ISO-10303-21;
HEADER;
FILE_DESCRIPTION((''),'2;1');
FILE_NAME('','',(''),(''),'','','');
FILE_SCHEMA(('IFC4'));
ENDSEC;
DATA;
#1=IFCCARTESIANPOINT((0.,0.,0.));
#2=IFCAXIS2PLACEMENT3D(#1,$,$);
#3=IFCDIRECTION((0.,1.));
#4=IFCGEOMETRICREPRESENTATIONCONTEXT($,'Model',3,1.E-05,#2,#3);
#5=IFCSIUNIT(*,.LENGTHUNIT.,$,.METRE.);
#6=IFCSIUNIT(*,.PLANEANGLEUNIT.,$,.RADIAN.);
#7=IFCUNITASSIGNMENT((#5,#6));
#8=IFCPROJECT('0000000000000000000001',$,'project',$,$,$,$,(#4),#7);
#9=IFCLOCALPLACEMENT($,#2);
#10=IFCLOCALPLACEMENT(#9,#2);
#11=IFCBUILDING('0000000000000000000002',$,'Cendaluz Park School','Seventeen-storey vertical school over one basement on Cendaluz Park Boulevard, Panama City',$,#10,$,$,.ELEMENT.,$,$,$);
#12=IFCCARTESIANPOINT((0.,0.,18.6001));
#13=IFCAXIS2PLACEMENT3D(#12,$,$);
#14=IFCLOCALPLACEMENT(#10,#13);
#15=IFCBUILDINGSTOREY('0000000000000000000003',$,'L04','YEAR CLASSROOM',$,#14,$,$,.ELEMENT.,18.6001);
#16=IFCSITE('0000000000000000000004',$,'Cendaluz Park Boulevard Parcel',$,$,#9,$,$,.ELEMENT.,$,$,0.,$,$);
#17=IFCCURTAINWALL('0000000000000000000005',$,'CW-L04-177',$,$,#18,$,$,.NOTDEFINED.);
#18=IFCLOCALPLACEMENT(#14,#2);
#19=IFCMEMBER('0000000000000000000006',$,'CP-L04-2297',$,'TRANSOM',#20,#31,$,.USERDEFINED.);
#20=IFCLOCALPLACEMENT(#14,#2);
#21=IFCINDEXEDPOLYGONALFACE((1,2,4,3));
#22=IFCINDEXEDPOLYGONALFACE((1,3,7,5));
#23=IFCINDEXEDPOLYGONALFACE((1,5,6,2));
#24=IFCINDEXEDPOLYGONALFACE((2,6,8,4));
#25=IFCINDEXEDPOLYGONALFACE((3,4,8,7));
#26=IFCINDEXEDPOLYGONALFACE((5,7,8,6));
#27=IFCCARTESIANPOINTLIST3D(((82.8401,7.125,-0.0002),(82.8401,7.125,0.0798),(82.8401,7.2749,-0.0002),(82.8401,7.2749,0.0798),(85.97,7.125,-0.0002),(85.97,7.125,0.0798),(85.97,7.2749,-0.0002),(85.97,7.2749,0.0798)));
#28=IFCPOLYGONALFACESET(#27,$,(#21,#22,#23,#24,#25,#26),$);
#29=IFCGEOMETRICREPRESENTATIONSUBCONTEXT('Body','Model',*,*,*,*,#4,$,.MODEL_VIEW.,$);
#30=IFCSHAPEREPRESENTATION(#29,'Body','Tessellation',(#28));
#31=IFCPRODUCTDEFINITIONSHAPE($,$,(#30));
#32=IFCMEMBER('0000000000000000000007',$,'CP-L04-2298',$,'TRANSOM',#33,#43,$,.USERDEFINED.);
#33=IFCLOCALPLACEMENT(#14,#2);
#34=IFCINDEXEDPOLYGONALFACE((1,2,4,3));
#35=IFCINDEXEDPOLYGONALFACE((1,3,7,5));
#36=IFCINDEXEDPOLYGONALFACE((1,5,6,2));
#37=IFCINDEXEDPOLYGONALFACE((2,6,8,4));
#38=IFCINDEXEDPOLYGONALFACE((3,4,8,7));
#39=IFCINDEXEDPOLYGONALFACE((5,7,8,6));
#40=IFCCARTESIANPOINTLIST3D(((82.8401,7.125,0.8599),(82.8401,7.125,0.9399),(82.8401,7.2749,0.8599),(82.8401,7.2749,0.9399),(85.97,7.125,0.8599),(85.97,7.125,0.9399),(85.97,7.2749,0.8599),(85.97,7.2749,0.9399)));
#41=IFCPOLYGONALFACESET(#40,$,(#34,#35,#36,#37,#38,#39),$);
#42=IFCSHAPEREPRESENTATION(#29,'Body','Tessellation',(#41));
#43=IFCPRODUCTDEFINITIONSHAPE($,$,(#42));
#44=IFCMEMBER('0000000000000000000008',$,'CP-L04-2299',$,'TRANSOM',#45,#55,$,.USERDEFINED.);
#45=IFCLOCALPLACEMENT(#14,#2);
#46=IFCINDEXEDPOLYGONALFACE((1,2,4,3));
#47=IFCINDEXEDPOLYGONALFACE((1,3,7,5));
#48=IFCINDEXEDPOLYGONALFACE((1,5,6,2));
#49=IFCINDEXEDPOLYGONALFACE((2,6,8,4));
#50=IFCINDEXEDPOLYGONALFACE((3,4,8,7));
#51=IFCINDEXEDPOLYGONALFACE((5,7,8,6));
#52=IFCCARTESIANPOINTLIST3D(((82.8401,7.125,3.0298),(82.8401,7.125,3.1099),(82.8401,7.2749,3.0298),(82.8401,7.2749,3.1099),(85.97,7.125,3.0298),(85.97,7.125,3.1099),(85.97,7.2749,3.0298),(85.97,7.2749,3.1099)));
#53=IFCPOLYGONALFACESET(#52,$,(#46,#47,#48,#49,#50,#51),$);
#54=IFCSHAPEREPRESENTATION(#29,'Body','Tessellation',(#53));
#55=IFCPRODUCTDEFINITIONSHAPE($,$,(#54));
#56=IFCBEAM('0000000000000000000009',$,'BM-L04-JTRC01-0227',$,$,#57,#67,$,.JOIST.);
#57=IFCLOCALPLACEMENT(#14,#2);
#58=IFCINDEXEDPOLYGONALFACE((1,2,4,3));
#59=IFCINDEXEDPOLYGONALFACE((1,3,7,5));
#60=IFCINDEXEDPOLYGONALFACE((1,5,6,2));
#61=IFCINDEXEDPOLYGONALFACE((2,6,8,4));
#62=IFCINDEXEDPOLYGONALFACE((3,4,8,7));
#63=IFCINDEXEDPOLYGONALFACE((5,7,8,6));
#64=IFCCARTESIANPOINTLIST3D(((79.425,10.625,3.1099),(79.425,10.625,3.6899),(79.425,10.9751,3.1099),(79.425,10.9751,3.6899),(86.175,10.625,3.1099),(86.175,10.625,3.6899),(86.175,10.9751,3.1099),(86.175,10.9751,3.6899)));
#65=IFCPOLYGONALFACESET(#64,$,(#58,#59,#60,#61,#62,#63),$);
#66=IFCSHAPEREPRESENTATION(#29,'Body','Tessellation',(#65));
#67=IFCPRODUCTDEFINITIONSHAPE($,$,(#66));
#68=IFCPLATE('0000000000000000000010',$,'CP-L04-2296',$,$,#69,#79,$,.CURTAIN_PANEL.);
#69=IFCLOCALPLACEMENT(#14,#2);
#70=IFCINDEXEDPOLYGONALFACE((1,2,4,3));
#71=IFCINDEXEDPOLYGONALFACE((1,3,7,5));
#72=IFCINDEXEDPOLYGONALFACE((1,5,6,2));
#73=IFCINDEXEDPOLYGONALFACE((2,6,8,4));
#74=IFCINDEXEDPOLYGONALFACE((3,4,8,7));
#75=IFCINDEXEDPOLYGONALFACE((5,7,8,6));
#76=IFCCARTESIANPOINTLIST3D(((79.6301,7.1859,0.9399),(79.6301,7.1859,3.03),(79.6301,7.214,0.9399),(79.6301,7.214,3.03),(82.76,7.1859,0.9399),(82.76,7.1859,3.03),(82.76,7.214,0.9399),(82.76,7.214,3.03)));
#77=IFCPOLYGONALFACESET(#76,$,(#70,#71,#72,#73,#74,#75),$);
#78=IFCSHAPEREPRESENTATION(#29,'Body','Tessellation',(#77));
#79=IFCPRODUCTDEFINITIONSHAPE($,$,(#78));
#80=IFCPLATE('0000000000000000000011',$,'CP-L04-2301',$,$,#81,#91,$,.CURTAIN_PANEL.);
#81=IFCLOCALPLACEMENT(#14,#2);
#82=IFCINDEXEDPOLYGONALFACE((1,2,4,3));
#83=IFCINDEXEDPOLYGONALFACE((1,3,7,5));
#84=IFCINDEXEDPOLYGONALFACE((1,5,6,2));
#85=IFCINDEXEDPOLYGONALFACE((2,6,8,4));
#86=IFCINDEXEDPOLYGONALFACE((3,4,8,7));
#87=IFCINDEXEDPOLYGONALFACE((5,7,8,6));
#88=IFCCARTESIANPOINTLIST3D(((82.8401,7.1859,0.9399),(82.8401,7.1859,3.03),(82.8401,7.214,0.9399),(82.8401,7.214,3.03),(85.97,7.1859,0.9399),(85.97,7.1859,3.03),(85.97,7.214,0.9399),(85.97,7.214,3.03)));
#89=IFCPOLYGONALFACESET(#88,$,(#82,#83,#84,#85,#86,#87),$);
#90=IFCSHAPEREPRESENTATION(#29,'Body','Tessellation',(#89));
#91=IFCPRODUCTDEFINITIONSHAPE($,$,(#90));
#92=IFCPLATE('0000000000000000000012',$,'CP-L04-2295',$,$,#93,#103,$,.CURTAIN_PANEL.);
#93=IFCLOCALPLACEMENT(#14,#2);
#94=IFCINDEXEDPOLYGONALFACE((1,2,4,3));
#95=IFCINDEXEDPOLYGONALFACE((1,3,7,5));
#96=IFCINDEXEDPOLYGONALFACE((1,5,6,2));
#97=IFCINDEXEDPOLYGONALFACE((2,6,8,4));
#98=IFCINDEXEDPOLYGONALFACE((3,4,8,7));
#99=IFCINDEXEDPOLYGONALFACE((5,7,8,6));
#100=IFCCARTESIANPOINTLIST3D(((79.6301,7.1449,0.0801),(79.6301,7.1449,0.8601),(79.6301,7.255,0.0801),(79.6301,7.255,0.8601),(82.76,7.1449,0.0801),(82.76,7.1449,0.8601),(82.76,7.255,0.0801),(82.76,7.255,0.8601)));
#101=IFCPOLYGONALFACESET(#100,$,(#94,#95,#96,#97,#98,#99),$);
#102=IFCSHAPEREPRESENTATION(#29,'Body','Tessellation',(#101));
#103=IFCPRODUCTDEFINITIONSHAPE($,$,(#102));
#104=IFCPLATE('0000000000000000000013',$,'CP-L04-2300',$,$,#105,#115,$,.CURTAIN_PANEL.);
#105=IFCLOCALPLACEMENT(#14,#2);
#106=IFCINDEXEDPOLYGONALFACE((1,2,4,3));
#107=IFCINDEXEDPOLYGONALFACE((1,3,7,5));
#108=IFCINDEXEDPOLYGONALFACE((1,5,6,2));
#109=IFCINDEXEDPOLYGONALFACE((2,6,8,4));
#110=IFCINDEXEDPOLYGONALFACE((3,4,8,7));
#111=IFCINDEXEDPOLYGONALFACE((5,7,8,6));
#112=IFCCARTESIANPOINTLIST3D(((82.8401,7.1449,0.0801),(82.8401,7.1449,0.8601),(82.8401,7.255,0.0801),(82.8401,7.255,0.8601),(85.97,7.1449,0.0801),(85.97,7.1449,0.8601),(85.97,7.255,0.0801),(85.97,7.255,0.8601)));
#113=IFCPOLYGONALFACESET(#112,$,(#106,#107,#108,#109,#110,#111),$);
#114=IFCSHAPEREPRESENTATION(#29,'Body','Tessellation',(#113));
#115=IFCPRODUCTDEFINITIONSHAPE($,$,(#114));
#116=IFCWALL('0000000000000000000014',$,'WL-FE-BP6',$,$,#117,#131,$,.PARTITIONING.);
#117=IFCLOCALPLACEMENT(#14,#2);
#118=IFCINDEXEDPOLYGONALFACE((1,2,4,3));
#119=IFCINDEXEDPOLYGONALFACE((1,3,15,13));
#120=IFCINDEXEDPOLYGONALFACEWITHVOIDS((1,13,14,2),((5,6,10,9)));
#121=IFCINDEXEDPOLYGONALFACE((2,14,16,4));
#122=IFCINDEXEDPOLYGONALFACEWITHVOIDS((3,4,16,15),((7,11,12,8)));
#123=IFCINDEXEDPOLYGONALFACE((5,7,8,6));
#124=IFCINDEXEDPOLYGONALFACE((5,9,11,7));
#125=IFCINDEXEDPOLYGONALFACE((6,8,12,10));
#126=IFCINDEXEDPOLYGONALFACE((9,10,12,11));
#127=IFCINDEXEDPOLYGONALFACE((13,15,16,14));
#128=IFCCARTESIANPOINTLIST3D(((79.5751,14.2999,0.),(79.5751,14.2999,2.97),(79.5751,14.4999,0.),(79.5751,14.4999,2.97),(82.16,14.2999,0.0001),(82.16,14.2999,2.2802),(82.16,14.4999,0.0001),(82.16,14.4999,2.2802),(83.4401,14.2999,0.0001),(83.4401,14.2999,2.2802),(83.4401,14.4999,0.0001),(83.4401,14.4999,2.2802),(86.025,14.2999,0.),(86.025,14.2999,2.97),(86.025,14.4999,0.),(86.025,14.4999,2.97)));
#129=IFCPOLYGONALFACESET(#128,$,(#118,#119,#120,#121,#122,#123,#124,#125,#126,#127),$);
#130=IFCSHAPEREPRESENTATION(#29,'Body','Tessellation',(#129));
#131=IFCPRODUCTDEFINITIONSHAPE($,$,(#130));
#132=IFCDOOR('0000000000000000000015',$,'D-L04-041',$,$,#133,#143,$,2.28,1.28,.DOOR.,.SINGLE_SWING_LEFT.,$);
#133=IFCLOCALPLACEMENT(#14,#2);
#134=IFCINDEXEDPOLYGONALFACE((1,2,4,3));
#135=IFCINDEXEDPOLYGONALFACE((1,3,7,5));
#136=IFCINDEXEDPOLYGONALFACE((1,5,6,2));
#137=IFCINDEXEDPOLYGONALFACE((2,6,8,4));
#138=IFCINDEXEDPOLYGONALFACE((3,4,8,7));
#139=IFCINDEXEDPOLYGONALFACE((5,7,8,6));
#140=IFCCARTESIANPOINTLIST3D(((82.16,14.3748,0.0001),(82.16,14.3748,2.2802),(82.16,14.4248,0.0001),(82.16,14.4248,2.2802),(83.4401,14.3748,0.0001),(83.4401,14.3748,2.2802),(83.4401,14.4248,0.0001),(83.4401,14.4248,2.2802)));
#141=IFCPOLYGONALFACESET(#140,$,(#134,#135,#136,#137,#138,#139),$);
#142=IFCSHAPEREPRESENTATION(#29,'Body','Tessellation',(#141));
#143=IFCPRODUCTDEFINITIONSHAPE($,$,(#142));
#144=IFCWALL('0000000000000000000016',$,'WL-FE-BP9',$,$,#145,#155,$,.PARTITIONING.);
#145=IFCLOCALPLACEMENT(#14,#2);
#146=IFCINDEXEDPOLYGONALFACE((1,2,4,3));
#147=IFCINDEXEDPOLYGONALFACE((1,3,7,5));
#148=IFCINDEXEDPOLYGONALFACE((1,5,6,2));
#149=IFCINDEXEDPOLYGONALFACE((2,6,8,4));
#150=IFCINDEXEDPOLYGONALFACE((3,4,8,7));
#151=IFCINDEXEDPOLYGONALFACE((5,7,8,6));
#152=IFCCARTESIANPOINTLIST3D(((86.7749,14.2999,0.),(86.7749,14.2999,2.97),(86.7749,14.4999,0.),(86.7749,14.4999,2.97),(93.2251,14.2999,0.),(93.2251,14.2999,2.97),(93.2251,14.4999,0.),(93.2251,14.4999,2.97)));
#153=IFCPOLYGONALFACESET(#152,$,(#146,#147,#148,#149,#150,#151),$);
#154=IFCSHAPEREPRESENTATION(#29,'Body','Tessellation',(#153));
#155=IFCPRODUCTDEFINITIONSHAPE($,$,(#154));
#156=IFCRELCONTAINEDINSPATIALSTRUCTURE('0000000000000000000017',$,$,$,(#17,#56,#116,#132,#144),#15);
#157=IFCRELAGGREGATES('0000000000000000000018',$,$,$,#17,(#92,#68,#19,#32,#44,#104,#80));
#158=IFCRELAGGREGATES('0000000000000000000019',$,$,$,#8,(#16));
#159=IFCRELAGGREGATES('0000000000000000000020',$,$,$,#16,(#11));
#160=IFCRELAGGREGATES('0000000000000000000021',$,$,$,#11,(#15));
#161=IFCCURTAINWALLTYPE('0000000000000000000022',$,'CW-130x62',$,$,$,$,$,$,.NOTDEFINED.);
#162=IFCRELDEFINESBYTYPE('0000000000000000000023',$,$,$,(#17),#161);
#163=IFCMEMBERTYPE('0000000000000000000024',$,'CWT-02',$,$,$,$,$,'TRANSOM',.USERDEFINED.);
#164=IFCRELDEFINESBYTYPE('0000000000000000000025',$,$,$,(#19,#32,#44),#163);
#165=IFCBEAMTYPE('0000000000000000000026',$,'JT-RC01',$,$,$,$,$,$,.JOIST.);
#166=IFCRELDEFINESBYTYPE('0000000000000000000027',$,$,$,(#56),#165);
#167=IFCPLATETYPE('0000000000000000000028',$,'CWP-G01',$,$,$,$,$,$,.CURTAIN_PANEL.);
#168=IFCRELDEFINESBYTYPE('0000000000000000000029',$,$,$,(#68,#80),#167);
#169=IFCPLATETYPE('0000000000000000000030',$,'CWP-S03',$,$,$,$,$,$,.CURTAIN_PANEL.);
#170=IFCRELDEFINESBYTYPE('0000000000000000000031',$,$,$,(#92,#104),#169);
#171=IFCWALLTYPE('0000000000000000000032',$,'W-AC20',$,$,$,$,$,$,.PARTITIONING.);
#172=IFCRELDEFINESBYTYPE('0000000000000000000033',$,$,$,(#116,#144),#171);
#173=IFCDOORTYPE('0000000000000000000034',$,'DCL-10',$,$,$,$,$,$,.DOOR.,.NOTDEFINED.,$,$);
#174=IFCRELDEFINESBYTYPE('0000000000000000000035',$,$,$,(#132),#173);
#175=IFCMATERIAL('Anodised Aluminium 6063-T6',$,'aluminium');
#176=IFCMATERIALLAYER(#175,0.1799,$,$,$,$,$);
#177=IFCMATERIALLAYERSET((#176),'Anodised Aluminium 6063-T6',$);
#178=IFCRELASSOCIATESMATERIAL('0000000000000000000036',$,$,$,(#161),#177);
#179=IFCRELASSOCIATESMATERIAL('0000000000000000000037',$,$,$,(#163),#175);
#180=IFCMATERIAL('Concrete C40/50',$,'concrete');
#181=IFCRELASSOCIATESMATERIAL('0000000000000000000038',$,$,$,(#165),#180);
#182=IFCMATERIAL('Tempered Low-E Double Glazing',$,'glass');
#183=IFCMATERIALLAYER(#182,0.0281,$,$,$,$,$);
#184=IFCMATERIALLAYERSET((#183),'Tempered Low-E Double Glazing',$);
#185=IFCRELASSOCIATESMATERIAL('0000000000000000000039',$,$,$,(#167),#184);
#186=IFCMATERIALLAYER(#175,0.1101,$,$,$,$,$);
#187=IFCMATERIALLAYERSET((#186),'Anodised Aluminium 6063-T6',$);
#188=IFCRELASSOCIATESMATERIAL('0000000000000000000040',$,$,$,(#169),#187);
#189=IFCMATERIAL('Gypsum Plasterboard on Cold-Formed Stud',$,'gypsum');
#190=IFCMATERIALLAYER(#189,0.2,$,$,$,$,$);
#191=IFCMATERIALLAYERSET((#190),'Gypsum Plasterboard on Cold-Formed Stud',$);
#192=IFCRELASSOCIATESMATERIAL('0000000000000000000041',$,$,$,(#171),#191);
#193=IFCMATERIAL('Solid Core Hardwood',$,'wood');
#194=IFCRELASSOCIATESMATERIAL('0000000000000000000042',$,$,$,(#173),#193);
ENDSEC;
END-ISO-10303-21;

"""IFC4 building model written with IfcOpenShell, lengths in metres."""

from ifc_helpers import new_model, si_unit, direction, frame, frame_2d, origin, origin_2d, place, context, subcontext, project, spatial, rectangle, extrude, material, layer, layer_set, material_profile, profile_set, type_object, element, fill, aggregate, save


model = new_model("IFC4")

# Units and contexts
model_context = context("Model", 3, precision=1e-05, world=origin(), true_north=direction((0.0, 1.0)))
body_context = subcontext(model_context, "Body", "Model", "MODEL_VIEW")
ifc_project = project(units=[si_unit("LENGTHUNIT", "METRE"), si_unit("PLANEANGLEUNIT", "RADIAN")], contexts=[model_context])

# Site, building, storey
site_placement = place(None, origin())
site = spatial("IfcSite", under=ifc_project, at=site_placement, Name="Cendaluz Park Boulevard Parcel", CompositionType="ELEMENT", RefElevation=0.0)
building_placement = place(site_placement, origin())
building = spatial("IfcBuilding", under=site, at=building_placement, Name="Cendaluz Park School", Description="Seventeen-storey vertical school over one basement on Cendaluz Park Boulevard, Panama City", CompositionType="ELEMENT")
storey_placement = place(building_placement, frame((0.0, 0.0, 18.6001)))
storey = spatial("IfcBuildingStorey", under=building, at=storey_placement, Name="L04", Description="YEAR CLASSROOM", CompositionType="ELEMENT", Elevation=18.6001)

# Shared definitions
ifc_material_1 = material(Name="Concrete C40/50", Category="concrete")

# Curtain wall, members
ifc_material_2 = material(Name="Anodised Aluminium 6063-T6", Category="aluminium")
ifc_layer_1 = layer(ifc_material_2, 0.1799)
ifc_layer_set_1 = layer_set([ifc_layer_1], Name="Anodised Aluminium 6063-T6")
curtain_wall_type = type_object("IfcCurtainWallType", Name="CW-130x62", PredefinedType="NOTDEFINED", material=ifc_layer_set_1)
curtain_wall_placement = place(storey_placement, origin())
curtain_wall = element("IfcCurtainWall", 1, at=curtain_wall_placement, inside=storey, type_object=curtain_wall_type, Name="CW-L04-177", PredefinedType="NOTDEFINED")
ifc_material_profile_1 = material_profile(ifc_material_2, rectangle(XDim=0.1499, YDim=0.0801, at=origin_2d()), Name="CWT 150x80", Category="aluminium")
ifc_profile_set_1 = profile_set([ifc_material_profile_1], Name="Anodised Aluminium 6063-T6")
member_type_1 = type_object("IfcMemberType", Name="CWT-02", ElementType="TRANSOM", PredefinedType="USERDEFINED", material=ifc_profile_set_1)
member_1_placement = place(storey_placement, frame((82.8401, 7.2, 0.0398), z_axis=(1.0, 0.0, 0.0), x_axis=(0.0, 1.0, 0.0)))
member_1 = element("IfcMember", 2, at=member_1_placement, type_object=member_type_1, Name="CP-L04-2297", ObjectType="TRANSOM", PredefinedType="USERDEFINED", context=body_context, shape_type="SweptSolid", body=[
    extrude(rectangle(XDim=0.1499, YDim=0.0801, at=origin_2d()), origin(), (0.0, 0.0, 1.0), 3.1299),
])
member_2_placement = place(storey_placement, frame((82.8401, 7.2, 0.8999), z_axis=(1.0, 0.0, 0.0), x_axis=(0.0, 1.0, 0.0)))
member_2 = element("IfcMember", 3, at=member_2_placement, type_object=member_type_1, Name="CP-L04-2298", ObjectType="TRANSOM", PredefinedType="USERDEFINED", context=body_context, shape_type="SweptSolid", body=[
    extrude(rectangle(XDim=0.1499, YDim=0.0801, at=origin_2d()), origin(), (0.0, 0.0, 1.0), 3.1299),
])
member_3_placement = place(storey_placement, frame((82.8401, 7.2, 3.0698), z_axis=(1.0, 0.0, 0.0), x_axis=(0.0, 1.0, 0.0)))
member_3 = element("IfcMember", 4, at=member_3_placement, type_object=member_type_1, Name="CP-L04-2299", ObjectType="TRANSOM", PredefinedType="USERDEFINED", context=body_context, shape_type="SweptSolid", body=[
    extrude(rectangle(XDim=0.1499, YDim=0.0801, at=origin_2d()), origin(), (0.0, 0.0, 1.0), 3.1299),
])

# Beam
ifc_material_profile_2 = material_profile(ifc_material_1, rectangle(XDim=0.3501, YDim=0.5801, at=origin_2d()), Name="RC 350x580", Category="concrete")
ifc_profile_set_2 = profile_set([ifc_material_profile_2], Name="Concrete C40/50")
beam_type_1 = type_object("IfcBeamType", Name="JT-RC01", PredefinedType="JOIST", material=ifc_profile_set_2)
beam_1_placement = place(storey_placement, frame((79.425, 10.8, 3.3999), z_axis=(1.0, 0.0, 0.0), x_axis=(0.0, 1.0, 0.0)))
element("IfcBeam", 5, at=beam_1_placement, inside=storey, type_object=beam_type_1, Name="BM-L04-JTRC01-0227", PredefinedType="JOIST", context=body_context, shape_type="SweptSolid", body=[
    extrude(rectangle(XDim=0.3501, YDim=0.5801, at=origin_2d()), origin(), (0.0, 0.0, 1.0), 6.75),
])

# Plates
ifc_material_3 = material(Name="Tempered Low-E Double Glazing", Category="glass")
ifc_layer_2 = layer(ifc_material_3, 0.0281)
ifc_layer_set_2 = layer_set([ifc_layer_2], Name="Tempered Low-E Double Glazing")
plate_type_1 = type_object("IfcPlateType", Name="CWP-G01", PredefinedType="CURTAIN_PANEL", material=ifc_layer_set_2)
plate_1_placement = place(storey_placement, frame((81.1951, 7.2, 0.9399), z_axis=(0.0, 0.0, 1.0), x_axis=(1.0, 0.0, 0.0)))
plate_1 = element("IfcPlate", 6, at=plate_1_placement, type_object=plate_type_1, Name="CP-L04-2296", PredefinedType="CURTAIN_PANEL", context=body_context, shape_type="SweptSolid", body=[
    extrude(rectangle(XDim=3.1299, YDim=0.0281, at=origin_2d()), origin(), (0.0, 0.0, 1.0), 2.0901),
])
plate_2_placement = place(storey_placement, frame((84.405, 7.2, 0.9399), z_axis=(0.0, 0.0, 1.0), x_axis=(1.0, 0.0, 0.0)))
plate_2 = element("IfcPlate", 7, at=plate_2_placement, type_object=plate_type_1, Name="CP-L04-2301", PredefinedType="CURTAIN_PANEL", context=body_context, shape_type="SweptSolid", body=[
    extrude(rectangle(XDim=3.1299, YDim=0.0281, at=origin_2d()), origin(), (0.0, 0.0, 1.0), 2.0901),
])
ifc_layer_3 = layer(ifc_material_2, 0.1101)
ifc_layer_set_3 = layer_set([ifc_layer_3], Name="Anodised Aluminium 6063-T6")
plate_type_2 = type_object("IfcPlateType", Name="CWP-S03", PredefinedType="CURTAIN_PANEL", material=ifc_layer_set_3)
plate_3_placement = place(storey_placement, frame((81.1951, 7.2, 0.0801), z_axis=(0.0, 0.0, 1.0), x_axis=(1.0, 0.0, 0.0)))
plate_3 = element("IfcPlate", 8, at=plate_3_placement, type_object=plate_type_2, Name="CP-L04-2295", PredefinedType="CURTAIN_PANEL", context=body_context, shape_type="SweptSolid", body=[
    extrude(rectangle(XDim=3.1299, YDim=0.1101, at=origin_2d()), origin(), (0.0, 0.0, 1.0), 0.78),
])
plate_4_placement = place(storey_placement, frame((84.405, 7.2, 0.0801), z_axis=(0.0, 0.0, 1.0), x_axis=(1.0, 0.0, 0.0)))
plate_4 = element("IfcPlate", 9, at=plate_4_placement, type_object=plate_type_2, Name="CP-L04-2300", PredefinedType="CURTAIN_PANEL", context=body_context, shape_type="SweptSolid", body=[
    extrude(rectangle(XDim=3.1299, YDim=0.1101, at=origin_2d()), origin(), (0.0, 0.0, 1.0), 0.78),
])
aggregate(curtain_wall, [plate_3, plate_1, member_1, member_2, member_3, plate_4, plate_2])

# Wall, opening, door
ifc_material_4 = material(Name="Gypsum Plasterboard on Cold-Formed Stud", Category="gypsum")
ifc_layer_4 = layer(ifc_material_4, 0.2)
ifc_layer_set_4 = layer_set([ifc_layer_4], Name="Gypsum Plasterboard on Cold-Formed Stud")
wall_type_1 = type_object("IfcWallType", Name="W-AC20", PredefinedType="PARTITIONING", material=ifc_layer_set_4)
wall_1_placement = place(storey_placement, frame((79.575, 14.3999, 0.0), z_axis=(0.0, 0.0, 1.0), x_axis=(1.0, 0.0, 0.0)))
wall_1 = element("IfcWall", 10, at=wall_1_placement, inside=storey, type_object=wall_type_1, Name="WL-FE-BP6", PredefinedType="PARTITIONING", context=body_context, shape_type="SweptSolid", body=[
    extrude(rectangle(XDim=6.45, YDim=0.2, at=frame_2d((3.2251, 0.0))), origin(), (0.0, 0.0, 1.0), 2.97),
])
opening_1_placement = place(wall_1_placement, frame((2.585, 0.0, 0.0)))
opening_1 = element("IfcOpeningElement", 11, at=opening_1_placement, cuts=wall_1, PredefinedType="OPENING", context=body_context, shape_type="SweptSolid", body=[
    extrude(rectangle(XDim=1.28, YDim=2.28, at=frame_2d((0.6401, 1.1401))), frame((0.0, 0.1121, 0.0), z_axis=(0.0, -1.0, 0.0), x_axis=(1.0, 0.0, 0.0)), (0.0, 0.0, 1.0), 0.2239),
])
ifc_material_5 = material(Name="Solid Core Hardwood", Category="wood")
door_type = type_object("IfcDoorType", Name="DCL-10", OperationType="NOTDEFINED", PredefinedType="DOOR", material=ifc_material_5)
door_placement = place(opening_1_placement, origin())
door = element("IfcDoor", 12, at=door_placement, inside=storey, type_object=door_type, Name="D-L04-041", OperationType="SINGLE_SWING_LEFT", OverallHeight=2.28, OverallWidth=1.28, PredefinedType="DOOR", context=body_context, shape_type="SweptSolid", body=[
    extrude(rectangle(XDim=1.28, YDim=2.28, at=frame_2d((0.6401, 1.1401))), frame((0.0, 0.0249, 0.0), z_axis=(0.0, -1.0, 0.0), x_axis=(1.0, 0.0, 0.0)), (0.0, 0.0, 1.0), 0.05),
])
fill(opening_1, door)

# Wall
wall_2_placement = place(storey_placement, frame((86.7749, 14.3999, 0.0), z_axis=(0.0, 0.0, 1.0), x_axis=(1.0, 0.0, 0.0)))
element("IfcWall", 13, at=wall_2_placement, inside=storey, type_object=wall_type_1, Name="WL-FE-BP9", PredefinedType="PARTITIONING", context=body_context, shape_type="SweptSolid", body=[
    extrude(rectangle(XDim=6.4502, YDim=0.2, at=frame_2d((3.2251, 0.0))), origin(), (0.0, 0.0, 1.0), 2.97),
])

save(model, "model.ifc")
